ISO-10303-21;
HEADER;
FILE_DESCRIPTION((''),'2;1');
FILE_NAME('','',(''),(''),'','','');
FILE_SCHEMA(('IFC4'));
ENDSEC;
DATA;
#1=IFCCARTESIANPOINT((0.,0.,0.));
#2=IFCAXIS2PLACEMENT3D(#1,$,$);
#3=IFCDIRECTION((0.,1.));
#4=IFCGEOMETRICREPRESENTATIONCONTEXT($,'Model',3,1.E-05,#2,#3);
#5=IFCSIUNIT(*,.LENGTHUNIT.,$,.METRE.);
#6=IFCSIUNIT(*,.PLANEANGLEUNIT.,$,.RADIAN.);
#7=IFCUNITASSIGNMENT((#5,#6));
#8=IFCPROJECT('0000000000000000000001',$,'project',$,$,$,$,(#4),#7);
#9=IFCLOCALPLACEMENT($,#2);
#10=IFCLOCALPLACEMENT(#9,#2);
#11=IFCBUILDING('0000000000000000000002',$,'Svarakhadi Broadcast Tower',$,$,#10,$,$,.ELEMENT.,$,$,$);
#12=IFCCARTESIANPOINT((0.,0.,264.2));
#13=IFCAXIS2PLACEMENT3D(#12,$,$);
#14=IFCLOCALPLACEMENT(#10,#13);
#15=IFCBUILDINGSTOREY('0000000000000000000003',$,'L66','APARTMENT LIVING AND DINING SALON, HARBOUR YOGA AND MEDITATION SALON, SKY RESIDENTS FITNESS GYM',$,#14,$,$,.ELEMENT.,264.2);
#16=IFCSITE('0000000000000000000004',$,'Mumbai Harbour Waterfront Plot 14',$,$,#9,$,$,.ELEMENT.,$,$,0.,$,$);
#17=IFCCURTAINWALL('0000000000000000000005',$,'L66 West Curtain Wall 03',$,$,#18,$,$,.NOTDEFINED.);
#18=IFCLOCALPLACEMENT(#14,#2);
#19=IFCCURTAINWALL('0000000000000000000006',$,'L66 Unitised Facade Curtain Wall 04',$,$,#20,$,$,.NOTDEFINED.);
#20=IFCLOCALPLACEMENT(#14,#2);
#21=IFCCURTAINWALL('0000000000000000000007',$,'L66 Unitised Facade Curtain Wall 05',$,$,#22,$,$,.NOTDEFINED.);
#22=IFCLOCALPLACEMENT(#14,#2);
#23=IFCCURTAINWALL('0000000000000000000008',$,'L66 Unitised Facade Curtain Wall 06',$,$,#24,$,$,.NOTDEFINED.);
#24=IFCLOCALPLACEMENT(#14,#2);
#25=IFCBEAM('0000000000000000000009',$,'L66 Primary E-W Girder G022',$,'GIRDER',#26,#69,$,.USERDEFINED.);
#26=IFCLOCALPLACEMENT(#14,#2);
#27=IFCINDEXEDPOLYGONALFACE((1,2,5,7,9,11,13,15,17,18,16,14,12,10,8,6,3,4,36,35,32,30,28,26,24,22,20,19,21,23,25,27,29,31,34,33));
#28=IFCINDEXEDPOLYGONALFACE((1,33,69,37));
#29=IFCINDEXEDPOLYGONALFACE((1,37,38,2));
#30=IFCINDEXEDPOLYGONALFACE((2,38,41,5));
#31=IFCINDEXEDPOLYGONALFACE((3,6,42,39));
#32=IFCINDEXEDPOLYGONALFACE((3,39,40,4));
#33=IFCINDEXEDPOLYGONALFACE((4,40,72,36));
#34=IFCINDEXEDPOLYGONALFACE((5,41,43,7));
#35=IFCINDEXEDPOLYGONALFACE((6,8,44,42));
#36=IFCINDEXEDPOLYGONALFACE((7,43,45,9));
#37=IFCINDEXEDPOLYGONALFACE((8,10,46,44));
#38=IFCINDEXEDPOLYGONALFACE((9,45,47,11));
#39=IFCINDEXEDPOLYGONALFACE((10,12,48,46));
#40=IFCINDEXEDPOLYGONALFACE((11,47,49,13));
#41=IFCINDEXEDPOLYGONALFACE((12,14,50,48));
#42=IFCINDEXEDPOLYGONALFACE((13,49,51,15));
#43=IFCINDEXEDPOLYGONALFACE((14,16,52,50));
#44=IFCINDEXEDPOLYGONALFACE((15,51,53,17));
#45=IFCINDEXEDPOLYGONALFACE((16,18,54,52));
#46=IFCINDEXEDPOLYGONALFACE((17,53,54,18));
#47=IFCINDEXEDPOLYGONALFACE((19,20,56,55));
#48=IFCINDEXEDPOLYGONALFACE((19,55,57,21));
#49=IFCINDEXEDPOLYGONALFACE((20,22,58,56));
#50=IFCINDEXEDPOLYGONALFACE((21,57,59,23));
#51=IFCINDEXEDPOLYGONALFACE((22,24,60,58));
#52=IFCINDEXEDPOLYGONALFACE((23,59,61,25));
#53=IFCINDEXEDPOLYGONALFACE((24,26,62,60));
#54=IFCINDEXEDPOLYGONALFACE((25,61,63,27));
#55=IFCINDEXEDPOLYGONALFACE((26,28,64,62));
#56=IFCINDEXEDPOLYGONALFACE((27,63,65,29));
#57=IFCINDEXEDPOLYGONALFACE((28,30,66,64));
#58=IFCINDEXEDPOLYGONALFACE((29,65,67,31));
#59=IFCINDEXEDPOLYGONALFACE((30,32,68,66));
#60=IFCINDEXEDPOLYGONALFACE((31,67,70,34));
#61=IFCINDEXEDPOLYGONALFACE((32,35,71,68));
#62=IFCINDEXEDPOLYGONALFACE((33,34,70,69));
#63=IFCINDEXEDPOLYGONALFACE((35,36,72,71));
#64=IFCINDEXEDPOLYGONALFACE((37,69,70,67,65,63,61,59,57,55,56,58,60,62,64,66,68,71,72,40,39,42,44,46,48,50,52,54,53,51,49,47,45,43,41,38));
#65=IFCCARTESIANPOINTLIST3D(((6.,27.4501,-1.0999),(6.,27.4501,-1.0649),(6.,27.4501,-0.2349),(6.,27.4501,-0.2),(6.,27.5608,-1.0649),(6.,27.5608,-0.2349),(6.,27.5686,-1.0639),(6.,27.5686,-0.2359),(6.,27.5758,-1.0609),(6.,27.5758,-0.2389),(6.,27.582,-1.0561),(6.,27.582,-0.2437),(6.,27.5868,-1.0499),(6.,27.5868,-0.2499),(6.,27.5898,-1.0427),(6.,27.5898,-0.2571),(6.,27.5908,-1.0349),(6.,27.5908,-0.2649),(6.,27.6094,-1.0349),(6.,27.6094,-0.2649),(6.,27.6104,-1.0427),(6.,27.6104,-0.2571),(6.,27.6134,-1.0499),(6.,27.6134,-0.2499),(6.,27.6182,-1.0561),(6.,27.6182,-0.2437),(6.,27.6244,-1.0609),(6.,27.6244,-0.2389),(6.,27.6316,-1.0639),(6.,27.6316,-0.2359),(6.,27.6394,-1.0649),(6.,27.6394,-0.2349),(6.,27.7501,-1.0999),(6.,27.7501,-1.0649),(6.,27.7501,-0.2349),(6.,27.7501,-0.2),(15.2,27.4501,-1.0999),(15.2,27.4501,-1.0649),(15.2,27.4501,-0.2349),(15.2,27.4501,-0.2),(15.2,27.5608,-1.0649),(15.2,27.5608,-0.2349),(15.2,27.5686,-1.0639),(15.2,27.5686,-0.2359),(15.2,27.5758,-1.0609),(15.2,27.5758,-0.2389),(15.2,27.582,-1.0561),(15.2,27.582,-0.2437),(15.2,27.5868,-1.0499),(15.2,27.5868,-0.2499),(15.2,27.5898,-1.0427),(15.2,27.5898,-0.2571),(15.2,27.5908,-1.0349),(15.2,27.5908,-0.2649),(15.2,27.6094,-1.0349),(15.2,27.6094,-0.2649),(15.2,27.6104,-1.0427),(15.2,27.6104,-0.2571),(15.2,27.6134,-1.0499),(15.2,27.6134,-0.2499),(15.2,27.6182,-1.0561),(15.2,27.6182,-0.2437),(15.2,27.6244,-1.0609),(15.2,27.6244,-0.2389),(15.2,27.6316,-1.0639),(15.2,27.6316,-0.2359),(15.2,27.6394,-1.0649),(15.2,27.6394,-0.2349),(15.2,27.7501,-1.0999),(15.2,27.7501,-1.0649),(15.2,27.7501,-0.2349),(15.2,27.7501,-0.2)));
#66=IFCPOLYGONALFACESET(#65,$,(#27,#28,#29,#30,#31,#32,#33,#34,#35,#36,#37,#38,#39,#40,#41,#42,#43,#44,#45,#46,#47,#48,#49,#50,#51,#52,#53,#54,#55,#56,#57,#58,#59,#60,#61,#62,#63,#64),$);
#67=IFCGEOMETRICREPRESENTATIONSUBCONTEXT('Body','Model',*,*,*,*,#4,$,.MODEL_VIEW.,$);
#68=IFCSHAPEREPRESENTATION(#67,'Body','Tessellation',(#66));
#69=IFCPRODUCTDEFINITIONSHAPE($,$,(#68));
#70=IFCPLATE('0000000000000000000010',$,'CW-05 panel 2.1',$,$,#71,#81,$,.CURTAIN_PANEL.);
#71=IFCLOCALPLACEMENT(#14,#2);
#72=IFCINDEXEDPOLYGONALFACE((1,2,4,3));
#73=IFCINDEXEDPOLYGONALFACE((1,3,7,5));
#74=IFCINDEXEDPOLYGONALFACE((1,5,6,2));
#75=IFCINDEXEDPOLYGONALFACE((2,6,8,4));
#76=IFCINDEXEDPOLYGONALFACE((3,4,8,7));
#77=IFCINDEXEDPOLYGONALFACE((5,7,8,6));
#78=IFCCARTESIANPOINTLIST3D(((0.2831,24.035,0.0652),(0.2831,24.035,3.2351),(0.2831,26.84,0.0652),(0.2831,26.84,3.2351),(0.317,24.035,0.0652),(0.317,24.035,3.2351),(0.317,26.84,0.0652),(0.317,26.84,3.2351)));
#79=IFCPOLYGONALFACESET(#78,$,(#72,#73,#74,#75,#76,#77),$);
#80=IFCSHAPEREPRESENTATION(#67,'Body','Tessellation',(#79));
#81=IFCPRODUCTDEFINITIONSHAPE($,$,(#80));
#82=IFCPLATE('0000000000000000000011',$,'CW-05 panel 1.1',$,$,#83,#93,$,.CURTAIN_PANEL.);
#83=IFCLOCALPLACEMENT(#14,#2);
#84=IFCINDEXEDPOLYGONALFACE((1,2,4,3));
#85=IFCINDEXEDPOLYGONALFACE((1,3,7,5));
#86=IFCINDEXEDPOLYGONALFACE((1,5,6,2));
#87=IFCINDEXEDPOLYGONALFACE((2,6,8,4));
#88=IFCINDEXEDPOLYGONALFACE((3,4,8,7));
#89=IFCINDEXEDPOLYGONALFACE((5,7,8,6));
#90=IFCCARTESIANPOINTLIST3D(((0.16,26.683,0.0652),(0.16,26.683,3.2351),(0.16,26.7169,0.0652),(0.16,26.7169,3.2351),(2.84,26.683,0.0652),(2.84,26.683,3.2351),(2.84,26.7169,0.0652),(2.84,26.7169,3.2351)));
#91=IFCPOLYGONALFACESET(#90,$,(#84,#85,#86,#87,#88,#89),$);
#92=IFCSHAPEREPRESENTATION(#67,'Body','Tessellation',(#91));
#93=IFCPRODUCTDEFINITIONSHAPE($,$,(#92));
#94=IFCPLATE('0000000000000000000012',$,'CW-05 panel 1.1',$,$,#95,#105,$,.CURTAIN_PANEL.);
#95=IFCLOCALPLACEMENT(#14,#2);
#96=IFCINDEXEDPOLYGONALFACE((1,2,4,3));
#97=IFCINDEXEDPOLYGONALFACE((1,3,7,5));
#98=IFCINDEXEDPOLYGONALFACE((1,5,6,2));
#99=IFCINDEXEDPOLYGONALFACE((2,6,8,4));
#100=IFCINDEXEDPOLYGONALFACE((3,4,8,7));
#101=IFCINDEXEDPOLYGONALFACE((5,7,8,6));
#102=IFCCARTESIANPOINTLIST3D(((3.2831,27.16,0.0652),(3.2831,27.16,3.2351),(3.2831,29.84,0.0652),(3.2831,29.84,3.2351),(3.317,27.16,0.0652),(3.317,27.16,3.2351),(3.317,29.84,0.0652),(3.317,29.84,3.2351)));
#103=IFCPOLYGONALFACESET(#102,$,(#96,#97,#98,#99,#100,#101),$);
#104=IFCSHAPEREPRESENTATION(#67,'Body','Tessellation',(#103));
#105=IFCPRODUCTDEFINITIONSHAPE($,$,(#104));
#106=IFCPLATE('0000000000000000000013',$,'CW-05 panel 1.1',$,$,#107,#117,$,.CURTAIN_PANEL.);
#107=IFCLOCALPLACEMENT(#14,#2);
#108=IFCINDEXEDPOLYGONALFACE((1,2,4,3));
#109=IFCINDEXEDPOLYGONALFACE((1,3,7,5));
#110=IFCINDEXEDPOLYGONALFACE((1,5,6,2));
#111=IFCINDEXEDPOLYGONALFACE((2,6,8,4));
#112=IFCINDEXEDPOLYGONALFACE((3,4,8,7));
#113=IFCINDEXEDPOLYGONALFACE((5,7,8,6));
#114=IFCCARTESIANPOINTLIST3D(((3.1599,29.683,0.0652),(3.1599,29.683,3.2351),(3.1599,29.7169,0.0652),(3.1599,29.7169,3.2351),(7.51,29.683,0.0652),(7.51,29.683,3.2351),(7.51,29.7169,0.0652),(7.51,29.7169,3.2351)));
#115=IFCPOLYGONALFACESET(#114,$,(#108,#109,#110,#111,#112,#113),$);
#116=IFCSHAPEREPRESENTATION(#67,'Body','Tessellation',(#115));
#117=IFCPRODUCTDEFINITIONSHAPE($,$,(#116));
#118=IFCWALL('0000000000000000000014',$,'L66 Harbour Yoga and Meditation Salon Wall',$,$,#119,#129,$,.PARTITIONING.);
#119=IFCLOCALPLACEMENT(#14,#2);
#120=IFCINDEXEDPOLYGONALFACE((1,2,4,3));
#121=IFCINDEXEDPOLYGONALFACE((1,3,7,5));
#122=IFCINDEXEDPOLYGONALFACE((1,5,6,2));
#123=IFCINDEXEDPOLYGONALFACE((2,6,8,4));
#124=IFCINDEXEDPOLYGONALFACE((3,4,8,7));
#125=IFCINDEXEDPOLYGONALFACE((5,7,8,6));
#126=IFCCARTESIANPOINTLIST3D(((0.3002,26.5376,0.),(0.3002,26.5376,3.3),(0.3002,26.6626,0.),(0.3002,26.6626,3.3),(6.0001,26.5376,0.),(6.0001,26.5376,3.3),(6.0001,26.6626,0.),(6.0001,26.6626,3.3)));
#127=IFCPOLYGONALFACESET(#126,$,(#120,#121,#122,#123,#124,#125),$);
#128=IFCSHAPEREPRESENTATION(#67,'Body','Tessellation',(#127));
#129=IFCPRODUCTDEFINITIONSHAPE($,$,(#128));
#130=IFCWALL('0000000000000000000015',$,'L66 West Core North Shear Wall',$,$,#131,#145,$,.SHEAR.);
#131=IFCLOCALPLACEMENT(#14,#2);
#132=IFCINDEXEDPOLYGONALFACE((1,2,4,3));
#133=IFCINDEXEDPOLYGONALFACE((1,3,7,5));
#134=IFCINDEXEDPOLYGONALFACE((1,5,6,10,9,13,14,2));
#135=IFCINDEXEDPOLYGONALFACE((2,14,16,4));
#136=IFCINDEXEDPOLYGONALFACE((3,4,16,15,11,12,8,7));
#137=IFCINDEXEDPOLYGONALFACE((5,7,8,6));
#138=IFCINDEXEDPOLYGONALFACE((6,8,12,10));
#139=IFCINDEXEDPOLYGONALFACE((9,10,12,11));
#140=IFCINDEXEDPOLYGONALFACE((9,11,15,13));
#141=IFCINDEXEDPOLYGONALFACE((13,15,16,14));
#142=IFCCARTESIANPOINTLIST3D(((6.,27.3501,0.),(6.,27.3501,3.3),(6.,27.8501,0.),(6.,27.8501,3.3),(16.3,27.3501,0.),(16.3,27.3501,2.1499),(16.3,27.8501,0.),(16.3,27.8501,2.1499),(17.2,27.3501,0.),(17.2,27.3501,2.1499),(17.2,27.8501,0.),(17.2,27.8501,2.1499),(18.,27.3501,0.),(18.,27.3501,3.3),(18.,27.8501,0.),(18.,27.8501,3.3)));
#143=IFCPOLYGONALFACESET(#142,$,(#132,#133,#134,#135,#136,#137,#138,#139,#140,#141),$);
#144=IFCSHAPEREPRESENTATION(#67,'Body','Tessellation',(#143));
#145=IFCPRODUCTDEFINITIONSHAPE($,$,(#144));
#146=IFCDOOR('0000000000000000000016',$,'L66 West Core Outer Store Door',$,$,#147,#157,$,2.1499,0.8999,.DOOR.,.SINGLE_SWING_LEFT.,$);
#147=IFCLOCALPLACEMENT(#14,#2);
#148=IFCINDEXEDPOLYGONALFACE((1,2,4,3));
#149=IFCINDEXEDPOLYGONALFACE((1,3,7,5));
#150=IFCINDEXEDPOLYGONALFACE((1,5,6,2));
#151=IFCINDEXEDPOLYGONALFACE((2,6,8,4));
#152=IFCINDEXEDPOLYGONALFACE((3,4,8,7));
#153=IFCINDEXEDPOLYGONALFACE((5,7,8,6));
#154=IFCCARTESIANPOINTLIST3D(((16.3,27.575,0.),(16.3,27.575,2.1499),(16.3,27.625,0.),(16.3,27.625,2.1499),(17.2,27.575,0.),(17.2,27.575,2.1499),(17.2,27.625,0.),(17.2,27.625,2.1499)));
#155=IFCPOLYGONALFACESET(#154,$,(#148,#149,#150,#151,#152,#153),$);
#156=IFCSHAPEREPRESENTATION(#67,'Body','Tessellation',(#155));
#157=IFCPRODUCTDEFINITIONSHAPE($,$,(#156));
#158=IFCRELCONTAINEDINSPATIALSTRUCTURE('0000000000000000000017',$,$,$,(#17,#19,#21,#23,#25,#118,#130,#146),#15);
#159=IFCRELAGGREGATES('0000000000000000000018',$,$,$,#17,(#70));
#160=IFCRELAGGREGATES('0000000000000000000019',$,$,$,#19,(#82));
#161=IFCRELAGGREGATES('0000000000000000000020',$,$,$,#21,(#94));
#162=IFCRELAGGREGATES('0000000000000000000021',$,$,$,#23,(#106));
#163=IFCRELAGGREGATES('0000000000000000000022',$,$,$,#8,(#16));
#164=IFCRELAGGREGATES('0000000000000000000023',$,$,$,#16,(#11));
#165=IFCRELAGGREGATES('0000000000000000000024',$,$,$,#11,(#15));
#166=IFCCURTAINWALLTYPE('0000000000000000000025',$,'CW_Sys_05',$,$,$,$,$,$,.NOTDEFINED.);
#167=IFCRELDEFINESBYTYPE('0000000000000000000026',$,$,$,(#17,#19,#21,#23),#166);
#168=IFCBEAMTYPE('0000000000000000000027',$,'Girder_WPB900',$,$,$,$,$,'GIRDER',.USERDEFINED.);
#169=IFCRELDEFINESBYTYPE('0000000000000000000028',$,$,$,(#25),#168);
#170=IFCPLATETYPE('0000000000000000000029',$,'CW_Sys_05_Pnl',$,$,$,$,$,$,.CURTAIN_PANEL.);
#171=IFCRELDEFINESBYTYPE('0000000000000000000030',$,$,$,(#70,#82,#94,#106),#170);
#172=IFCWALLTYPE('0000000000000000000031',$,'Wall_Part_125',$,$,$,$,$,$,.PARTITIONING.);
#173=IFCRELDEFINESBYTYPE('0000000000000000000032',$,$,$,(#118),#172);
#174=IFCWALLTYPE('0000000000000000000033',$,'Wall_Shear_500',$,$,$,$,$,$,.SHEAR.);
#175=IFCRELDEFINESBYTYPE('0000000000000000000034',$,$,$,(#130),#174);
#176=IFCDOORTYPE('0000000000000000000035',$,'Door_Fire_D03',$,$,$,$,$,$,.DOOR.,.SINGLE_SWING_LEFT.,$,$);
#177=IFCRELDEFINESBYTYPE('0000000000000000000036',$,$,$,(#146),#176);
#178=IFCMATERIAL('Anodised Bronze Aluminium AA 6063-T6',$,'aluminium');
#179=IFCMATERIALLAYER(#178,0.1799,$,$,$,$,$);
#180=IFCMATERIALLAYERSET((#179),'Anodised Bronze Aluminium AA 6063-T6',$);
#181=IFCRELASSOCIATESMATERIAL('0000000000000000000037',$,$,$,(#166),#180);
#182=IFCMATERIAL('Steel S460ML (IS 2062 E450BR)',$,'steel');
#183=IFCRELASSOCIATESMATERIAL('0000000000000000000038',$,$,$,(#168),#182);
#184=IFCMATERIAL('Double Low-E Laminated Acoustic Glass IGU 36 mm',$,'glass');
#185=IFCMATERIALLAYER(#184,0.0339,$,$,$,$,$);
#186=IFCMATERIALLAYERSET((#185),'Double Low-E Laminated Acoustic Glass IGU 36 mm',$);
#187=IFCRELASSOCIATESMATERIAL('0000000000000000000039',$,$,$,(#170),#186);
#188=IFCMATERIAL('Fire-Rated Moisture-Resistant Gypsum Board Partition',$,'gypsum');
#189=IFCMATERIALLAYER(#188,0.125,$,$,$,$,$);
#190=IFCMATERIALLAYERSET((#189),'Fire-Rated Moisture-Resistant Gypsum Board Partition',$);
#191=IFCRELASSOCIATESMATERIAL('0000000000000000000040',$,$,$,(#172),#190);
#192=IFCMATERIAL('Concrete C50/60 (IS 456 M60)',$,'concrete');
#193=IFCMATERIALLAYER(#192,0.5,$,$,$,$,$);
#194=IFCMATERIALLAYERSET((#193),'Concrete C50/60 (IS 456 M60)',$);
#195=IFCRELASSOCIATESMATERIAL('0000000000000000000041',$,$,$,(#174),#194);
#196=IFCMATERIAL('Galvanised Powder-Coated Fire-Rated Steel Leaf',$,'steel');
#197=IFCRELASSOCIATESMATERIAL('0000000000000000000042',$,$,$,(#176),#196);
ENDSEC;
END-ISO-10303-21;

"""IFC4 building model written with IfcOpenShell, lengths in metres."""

from ifc_helpers import new_model, si_unit, direction, frame, frame_2d, origin, origin_2d, place, context, subcontext, project, spatial, rectangle, i_section, extrude, material, layer, layer_set, material_profile, profile_set, type_object, element, fill, aggregate, save


model = new_model("IFC4")

# Units and contexts
model_context = context("Model", 3, precision=1e-05, world=origin(), true_north=direction((0.0, 1.0)))
body_context = subcontext(model_context, "Body", "Model", "MODEL_VIEW")
ifc_project = project(units=[si_unit("LENGTHUNIT", "METRE"), si_unit("PLANEANGLEUNIT", "RADIAN")], contexts=[model_context])

# Site, building, storey
site_placement = place(None, origin())
site = spatial("IfcSite", under=ifc_project, at=site_placement, Name="Mumbai Harbour Waterfront Plot 14", CompositionType="ELEMENT", RefElevation=0.0)
building_placement = place(site_placement, origin())
building = spatial("IfcBuilding", under=site, at=building_placement, Name="Svarakhadi Broadcast Tower", CompositionType="ELEMENT")
storey_placement = place(building_placement, frame((0.0, 0.0, 264.2)))
storey = spatial("IfcBuildingStorey", under=building, at=storey_placement, Name="L66", Description="APARTMENT LIVING AND DINING SALON, HARBOUR YOGA AND MEDITATION SALON, SKY RESIDENTS FITNESS GYM", CompositionType="ELEMENT", Elevation=264.2)

# Shared definitions
ifc_material_1 = material(Name="Concrete C50/60 (IS 456 M60)", Category="concrete")
ifc_material_2 = material(Name="Steel S460ML (IS 2062 E450BR)", Category="steel")

# Curtain wall
ifc_material_3 = material(Name="Anodised Bronze Aluminium AA 6063-T6", Category="aluminium")
ifc_layer_1 = layer(ifc_material_3, 0.1799)
ifc_layer_set_1 = layer_set([ifc_layer_1], Name="Anodised Bronze Aluminium AA 6063-T6")
curtain_wall_type = type_object("IfcCurtainWallType", Name="CW_Sys_05", PredefinedType="NOTDEFINED", material=ifc_layer_set_1)
curtain_wall_1_placement = place(storey_placement, origin())
curtain_wall_1 = element("IfcCurtainWall", 1, at=curtain_wall_1_placement, inside=storey, type_object=curtain_wall_type, Name="L66 West Curtain Wall 03", PredefinedType="NOTDEFINED")

# Curtain walls
curtain_wall_2_placement = place(storey_placement, origin())
curtain_wall_2 = element("IfcCurtainWall", 2, at=curtain_wall_2_placement, inside=storey, type_object=curtain_wall_type, Name="L66 Unitised Facade Curtain Wall 04", PredefinedType="NOTDEFINED")
curtain_wall_3_placement = place(storey_placement, origin())
curtain_wall_3 = element("IfcCurtainWall", 3, at=curtain_wall_3_placement, inside=storey, type_object=curtain_wall_type, Name="L66 Unitised Facade Curtain Wall 05", PredefinedType="NOTDEFINED")

# Curtain wall
curtain_wall_4_placement = place(storey_placement, origin())
curtain_wall_4 = element("IfcCurtainWall", 4, at=curtain_wall_4_placement, inside=storey, type_object=curtain_wall_type, Name="L66 Unitised Facade Curtain Wall 06", PredefinedType="NOTDEFINED")

# Beam
ifc_material_profile_1 = material_profile(ifc_material_2, i_section(OverallWidth=0.3, OverallDepth=0.8999, WebThickness=0.0186, FlangeThickness=0.0349, FilletRadius=0.03, at=origin_2d()), Name="WPB 900x300x291")
ifc_profile_set_1 = profile_set([ifc_material_profile_1], Name="Steel S460ML (IS 2062 E450BR)")
beam_type_1 = type_object("IfcBeamType", Name="Girder_WPB900", ElementType="GIRDER", PredefinedType="USERDEFINED", material=ifc_profile_set_1)
beam_1_placement = place(storey_placement, frame((6.0, 27.6001, -0.6499), z_axis=(1.0, 0.0, 0.0), x_axis=(0.0, 1.0, 0.0)))
element("IfcBeam", 5, at=beam_1_placement, inside=storey, type_object=beam_type_1, Name="L66 Primary E-W Girder G022", ObjectType="GIRDER", PredefinedType="USERDEFINED", context=body_context, shape_type="SweptSolid", body=[
    extrude(i_section(OverallWidth=0.3, OverallDepth=0.8999, WebThickness=0.0186, FlangeThickness=0.0349, FilletRadius=0.03, at=origin_2d()), origin(), (0.0, 0.0, 1.0), 9.2),
])

# Plates
ifc_material_4 = material(Name="Double Low-E Laminated Acoustic Glass IGU 36 mm", Category="glass")
ifc_layer_2 = layer(ifc_material_4, 0.0339)
ifc_layer_set_2 = layer_set([ifc_layer_2], Name="Double Low-E Laminated Acoustic Glass IGU 36 mm")
plate_type = type_object("IfcPlateType", Name="CW_Sys_05_Pnl", PredefinedType="CURTAIN_PANEL", material=ifc_layer_set_2)
plate_1_placement = place(storey_placement, frame((0.3, 25.4375, 0.0652), z_axis=(0.0, 0.0, 1.0), x_axis=(0.0, 1.0, 0.0)))
plate_1 = element("IfcPlate", 6, at=plate_1_placement, type_object=plate_type, Name="CW-05 panel 2.1", PredefinedType="CURTAIN_PANEL", context=body_context, shape_type="SweptSolid", body=[
    extrude(rectangle(XDim=2.8049, YDim=0.0339, at=origin_2d()), origin(), (0.0, 0.0, 1.0), 3.1699),
])
aggregate(curtain_wall_1, [plate_1])
plate_2_placement = place(storey_placement, frame((1.5, 26.7, 0.0652), z_axis=(0.0, 0.0, 1.0), x_axis=(1.0, 0.0, 0.0)))
plate_2 = element("IfcPlate", 7, at=plate_2_placement, type_object=plate_type, Name="CW-05 panel 1.1", PredefinedType="CURTAIN_PANEL", context=body_context, shape_type="SweptSolid", body=[
    extrude(rectangle(XDim=2.6799, YDim=0.0339, at=origin_2d()), origin(), (0.0, 0.0, 1.0), 3.1699),
])
aggregate(curtain_wall_2, [plate_2])
plate_3_placement = place(storey_placement, frame((3.3, 28.5, 0.0652), z_axis=(0.0, 0.0, 1.0), x_axis=(0.0, 1.0, 0.0)))
plate_3 = element("IfcPlate", 8, at=plate_3_placement, type_object=plate_type, Name="CW-05 panel 1.1", PredefinedType="CURTAIN_PANEL", context=body_context, shape_type="SweptSolid", body=[
    extrude(rectangle(XDim=2.6799, YDim=0.0339, at=origin_2d()), origin(), (0.0, 0.0, 1.0), 3.1699),
])
aggregate(curtain_wall_3, [plate_3])
plate_4_placement = place(storey_placement, frame((5.335, 29.7, 0.0652), z_axis=(0.0, 0.0, 1.0), x_axis=(1.0, 0.0, 0.0)))
plate_4 = element("IfcPlate", 9, at=plate_4_placement, type_object=plate_type, Name="CW-05 panel 1.1", PredefinedType="CURTAIN_PANEL", context=body_context, shape_type="SweptSolid", body=[
    extrude(rectangle(XDim=4.3501, YDim=0.0339, at=origin_2d()), origin(), (0.0, 0.0, 1.0), 3.1699),
])
aggregate(curtain_wall_4, [plate_4])

# Wall
ifc_material_5 = material(Name="Fire-Rated Moisture-Resistant Gypsum Board Partition", Category="gypsum")
ifc_layer_3 = layer(ifc_material_5, 0.125)
ifc_layer_set_3 = layer_set([ifc_layer_3], Name="Fire-Rated Moisture-Resistant Gypsum Board Partition")
wall_type_1 = type_object("IfcWallType", Name="Wall_Part_125", PredefinedType="PARTITIONING", material=ifc_layer_set_3)
wall_1_placement = place(storey_placement, frame((0.3, 26.6001, 0.0), z_axis=(0.0, 0.0, 1.0), x_axis=(1.0, 0.0, 0.0)))
element("IfcWall", 10, at=wall_1_placement, inside=storey, type_object=wall_type_1, Name="L66 Harbour Yoga and Meditation Salon Wall", PredefinedType="PARTITIONING", context=body_context, shape_type="SweptSolid", body=[
    extrude(rectangle(XDim=5.7, YDim=0.125, at=frame_2d((2.8501, 0.0))), origin(), (0.0, 0.0, 1.0), 3.3),
])

# Wall, opening, door
ifc_layer_4 = layer(ifc_material_1, 0.5)
ifc_layer_set_4 = layer_set([ifc_layer_4], Name="Concrete C50/60 (IS 456 M60)")
wall_type_2 = type_object("IfcWallType", Name="Wall_Shear_500", PredefinedType="SHEAR", material=ifc_layer_set_4)
wall_2_placement = place(storey_placement, frame((6.0, 27.6001, 0.0), z_axis=(0.0, 0.0, 1.0), x_axis=(1.0, 0.0, 0.0)))
wall_2 = element("IfcWall", 11, at=wall_2_placement, inside=storey, type_object=wall_type_2, Name="L66 West Core North Shear Wall", PredefinedType="SHEAR", context=body_context, shape_type="SweptSolid", body=[
    extrude(rectangle(XDim=12.0, YDim=0.5, at=frame_2d((6.0, 0.0))), origin(), (0.0, 0.0, 1.0), 3.3),
])
opening_placement = place(wall_2_placement, frame((10.3, 0.0, 0.0)))
opening = element("IfcOpeningElement", 12, at=opening_placement, cuts=wall_2, PredefinedType="OPENING", context=body_context, shape_type="SweptSolid", body=[
    extrude(rectangle(XDim=0.8999, YDim=2.1499, at=frame_2d((0.45, 1.075))), frame((0.0, 0.26, 0.0), z_axis=(0.0, -1.0, 0.0), x_axis=(1.0, 0.0, 0.0)), (0.0, 0.0, 1.0), 0.52),
])
ifc_material_6 = material(Name="Galvanised Powder-Coated Fire-Rated Steel Leaf", Category="steel")
door_type = type_object("IfcDoorType", Name="Door_Fire_D03", OperationType="SINGLE_SWING_LEFT", PredefinedType="DOOR", material=ifc_material_6)
door_placement = place(opening_placement, origin())
door = element("IfcDoor", 13, at=door_placement, inside=storey, type_object=door_type, Name="L66 West Core Outer Store Door", OperationType="SINGLE_SWING_LEFT", OverallHeight=2.1499, OverallWidth=0.8999, PredefinedType="DOOR", context=body_context, shape_type="SweptSolid", body=[
    extrude(rectangle(XDim=0.8999, YDim=2.1499, at=frame_2d((0.45, 1.075))), frame((0.0, 0.0249, 0.0), z_axis=(0.0, -1.0, 0.0), x_axis=(1.0, 0.0, 0.0)), (0.0, 0.0, 1.0), 0.05),
])
fill(opening, door)

save(model, "model.ifc")
